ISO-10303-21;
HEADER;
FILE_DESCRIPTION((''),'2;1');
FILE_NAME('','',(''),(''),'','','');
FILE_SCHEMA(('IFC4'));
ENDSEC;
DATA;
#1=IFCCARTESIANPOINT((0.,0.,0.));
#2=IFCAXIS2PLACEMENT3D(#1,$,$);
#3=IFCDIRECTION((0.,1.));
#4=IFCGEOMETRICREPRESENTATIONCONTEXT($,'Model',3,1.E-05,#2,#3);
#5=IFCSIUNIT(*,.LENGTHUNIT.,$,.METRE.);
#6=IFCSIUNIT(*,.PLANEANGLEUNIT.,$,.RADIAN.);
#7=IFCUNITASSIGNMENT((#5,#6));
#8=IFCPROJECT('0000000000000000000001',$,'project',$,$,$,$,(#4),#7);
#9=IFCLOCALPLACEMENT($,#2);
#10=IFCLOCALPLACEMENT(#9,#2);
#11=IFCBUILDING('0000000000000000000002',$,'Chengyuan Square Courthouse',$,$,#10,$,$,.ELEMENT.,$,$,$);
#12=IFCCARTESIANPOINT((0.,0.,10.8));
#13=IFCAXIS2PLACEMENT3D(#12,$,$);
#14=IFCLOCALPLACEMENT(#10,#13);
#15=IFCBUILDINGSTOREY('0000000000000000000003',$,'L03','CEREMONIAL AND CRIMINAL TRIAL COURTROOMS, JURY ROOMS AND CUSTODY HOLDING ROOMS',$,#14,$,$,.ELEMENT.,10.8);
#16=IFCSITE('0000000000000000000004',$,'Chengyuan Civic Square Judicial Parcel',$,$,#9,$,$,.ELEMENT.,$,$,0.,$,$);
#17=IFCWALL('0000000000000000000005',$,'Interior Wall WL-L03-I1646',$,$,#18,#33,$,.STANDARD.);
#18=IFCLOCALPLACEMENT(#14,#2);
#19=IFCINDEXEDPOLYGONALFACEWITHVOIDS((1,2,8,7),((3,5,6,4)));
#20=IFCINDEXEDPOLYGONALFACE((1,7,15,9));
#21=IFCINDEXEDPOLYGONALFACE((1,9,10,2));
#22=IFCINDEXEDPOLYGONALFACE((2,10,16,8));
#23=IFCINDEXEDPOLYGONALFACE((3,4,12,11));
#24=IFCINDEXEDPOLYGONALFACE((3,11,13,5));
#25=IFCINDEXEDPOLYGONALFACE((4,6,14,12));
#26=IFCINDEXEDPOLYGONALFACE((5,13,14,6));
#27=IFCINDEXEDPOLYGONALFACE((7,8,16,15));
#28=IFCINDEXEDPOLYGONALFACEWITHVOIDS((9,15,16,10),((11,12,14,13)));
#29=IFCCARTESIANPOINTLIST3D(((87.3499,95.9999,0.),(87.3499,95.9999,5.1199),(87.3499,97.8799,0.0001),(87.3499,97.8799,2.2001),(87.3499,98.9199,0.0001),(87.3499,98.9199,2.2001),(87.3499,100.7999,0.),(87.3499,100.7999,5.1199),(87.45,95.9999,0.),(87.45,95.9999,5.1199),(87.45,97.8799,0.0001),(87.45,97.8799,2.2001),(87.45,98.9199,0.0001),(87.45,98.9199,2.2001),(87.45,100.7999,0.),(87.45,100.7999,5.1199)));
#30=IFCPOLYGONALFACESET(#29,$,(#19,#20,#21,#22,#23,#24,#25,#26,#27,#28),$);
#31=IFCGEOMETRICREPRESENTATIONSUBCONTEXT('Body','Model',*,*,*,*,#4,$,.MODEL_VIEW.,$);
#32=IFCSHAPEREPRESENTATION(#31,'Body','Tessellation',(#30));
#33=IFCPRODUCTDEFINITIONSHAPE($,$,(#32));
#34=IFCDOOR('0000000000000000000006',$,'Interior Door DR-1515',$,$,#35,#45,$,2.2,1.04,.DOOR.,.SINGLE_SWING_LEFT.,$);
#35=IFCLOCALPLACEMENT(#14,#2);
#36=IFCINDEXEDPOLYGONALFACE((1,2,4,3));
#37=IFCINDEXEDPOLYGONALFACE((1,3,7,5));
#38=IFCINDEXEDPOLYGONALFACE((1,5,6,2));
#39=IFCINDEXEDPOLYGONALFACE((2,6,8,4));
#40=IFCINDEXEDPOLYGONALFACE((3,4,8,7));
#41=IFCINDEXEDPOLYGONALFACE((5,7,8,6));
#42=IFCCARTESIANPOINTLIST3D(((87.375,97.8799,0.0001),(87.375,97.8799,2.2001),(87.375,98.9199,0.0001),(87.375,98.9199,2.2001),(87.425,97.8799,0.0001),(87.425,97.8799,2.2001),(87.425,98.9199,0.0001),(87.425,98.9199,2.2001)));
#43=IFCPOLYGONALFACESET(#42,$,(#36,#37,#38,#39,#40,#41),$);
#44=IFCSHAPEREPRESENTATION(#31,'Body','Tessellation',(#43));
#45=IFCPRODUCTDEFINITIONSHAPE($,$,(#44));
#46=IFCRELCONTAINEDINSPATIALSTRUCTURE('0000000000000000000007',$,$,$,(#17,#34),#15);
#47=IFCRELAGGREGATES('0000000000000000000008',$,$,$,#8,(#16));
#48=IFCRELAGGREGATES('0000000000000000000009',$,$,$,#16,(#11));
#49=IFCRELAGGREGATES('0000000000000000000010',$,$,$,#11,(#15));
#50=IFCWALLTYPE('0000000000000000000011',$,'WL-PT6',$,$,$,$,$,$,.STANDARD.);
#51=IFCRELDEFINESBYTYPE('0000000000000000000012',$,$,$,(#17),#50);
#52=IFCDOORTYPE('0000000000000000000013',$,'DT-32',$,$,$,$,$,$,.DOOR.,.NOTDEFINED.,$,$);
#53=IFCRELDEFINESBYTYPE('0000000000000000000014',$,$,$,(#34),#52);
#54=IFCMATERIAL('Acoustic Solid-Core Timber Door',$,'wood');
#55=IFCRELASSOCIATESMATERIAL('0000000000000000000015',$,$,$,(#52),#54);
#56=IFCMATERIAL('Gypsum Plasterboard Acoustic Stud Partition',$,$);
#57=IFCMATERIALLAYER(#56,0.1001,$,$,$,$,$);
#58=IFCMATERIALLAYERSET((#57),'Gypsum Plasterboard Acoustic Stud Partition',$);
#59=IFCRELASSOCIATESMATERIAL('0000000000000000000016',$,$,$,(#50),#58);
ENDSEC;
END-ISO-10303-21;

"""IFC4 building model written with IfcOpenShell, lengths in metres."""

from ifc_helpers import new_model, si_unit, direction, frame, frame_2d, origin, place, context, subcontext, project, spatial, rectangle, extrude, material, layer, layer_set, type_object, element, fill, save


model = new_model("IFC4")

# Units and contexts
model_context = context("Model", 3, precision=1e-05, world=origin(), true_north=direction((0.0, 1.0)))
body_context = subcontext(model_context, "Body", "Model", "MODEL_VIEW")
ifc_project = project(units=[si_unit("LENGTHUNIT", "METRE"), si_unit("PLANEANGLEUNIT", "RADIAN")], contexts=[model_context])

# Site, building, storey
site_placement = place(None, origin())
site = spatial("IfcSite", under=ifc_project, at=site_placement, Name="Chengyuan Civic Square Judicial Parcel", CompositionType="ELEMENT", RefElevation=0.0)
building_placement = place(site_placement, origin())
building = spatial("IfcBuilding", under=site, at=building_placement, Name="Chengyuan Square Courthouse", CompositionType="ELEMENT")
storey_placement = place(building_placement, frame((0.0, 0.0, 10.8)))
storey = spatial("IfcBuildingStorey", under=building, at=storey_placement, Name="L03", Description="CEREMONIAL AND CRIMINAL TRIAL COURTROOMS, JURY ROOMS AND CUSTODY HOLDING ROOMS", CompositionType="ELEMENT", Elevation=10.8)

# Shared definitions
ifc_material_1 = material(Name="Acoustic Solid-Core Timber Door", Category="wood")
door_type_1 = type_object("IfcDoorType", Name="DT-32", OperationType="NOTDEFINED", PredefinedType="DOOR", material=ifc_material_1)

# Shared definitions
ifc_material_2 = material(Name="Gypsum Plasterboard Acoustic Stud Partition")
ifc_layer_1 = layer(ifc_material_2, 0.1001)
ifc_layer_set_1 = layer_set([ifc_layer_1], Name="Gypsum Plasterboard Acoustic Stud Partition")
wall_type_1 = type_object("IfcWallType", Name="WL-PT6", PredefinedType="STANDARD", material=ifc_layer_set_1)

# Wall, opening, door
wall_1_placement = place(storey_placement, frame((87.3999, 96.0, 0.0), z_axis=(0.0, 0.0, 1.0), x_axis=(0.0, 1.0, 0.0)))
wall_1 = element("IfcWall", 1, at=wall_1_placement, inside=storey, type_object=wall_type_1, Name="Interior Wall WL-L03-I1646", PredefinedType="STANDARD", context=body_context, shape_type="SweptSolid", body=[
    extrude(rectangle(XDim=4.8, YDim=0.1001, at=frame_2d((2.3999, 0.0))), origin(), (0.0, 0.0, 1.0), 5.1199),
])
opening_1_placement = place(wall_1_placement, frame((1.8799, 0.0, 0.0)))
opening_1 = element("IfcOpeningElement", 2, at=opening_1_placement, cuts=wall_1, PredefinedType="OPENING", context=body_context, shape_type="SweptSolid", body=[
    extrude(rectangle(XDim=1.04, YDim=2.2, at=frame_2d((0.52, 1.1001))), frame((0.0, 0.062, 0.0), z_axis=(0.0, -1.0, 0.0), x_axis=(1.0, 0.0, 0.0)), (0.0, 0.0, 1.0), 0.124),
])
door_1_placement = place(opening_1_placement, origin())
door_1 = element("IfcDoor", 3, at=door_1_placement, inside=storey, type_object=door_type_1, Name="Interior Door DR-1515", OperationType="SINGLE_SWING_LEFT", OverallHeight=2.2, OverallWidth=1.04, PredefinedType="DOOR", context=body_context, shape_type="SweptSolid", body=[
    extrude(rectangle(XDim=1.04, YDim=2.2, at=frame_2d((0.52, 1.1001))), frame((0.0, 0.0249, 0.0), z_axis=(0.0, -1.0, 0.0), x_axis=(1.0, 0.0, 0.0)), (0.0, 0.0, 1.0), 0.05),
])
fill(opening_1, door_1)

save(model, "model.ifc")
